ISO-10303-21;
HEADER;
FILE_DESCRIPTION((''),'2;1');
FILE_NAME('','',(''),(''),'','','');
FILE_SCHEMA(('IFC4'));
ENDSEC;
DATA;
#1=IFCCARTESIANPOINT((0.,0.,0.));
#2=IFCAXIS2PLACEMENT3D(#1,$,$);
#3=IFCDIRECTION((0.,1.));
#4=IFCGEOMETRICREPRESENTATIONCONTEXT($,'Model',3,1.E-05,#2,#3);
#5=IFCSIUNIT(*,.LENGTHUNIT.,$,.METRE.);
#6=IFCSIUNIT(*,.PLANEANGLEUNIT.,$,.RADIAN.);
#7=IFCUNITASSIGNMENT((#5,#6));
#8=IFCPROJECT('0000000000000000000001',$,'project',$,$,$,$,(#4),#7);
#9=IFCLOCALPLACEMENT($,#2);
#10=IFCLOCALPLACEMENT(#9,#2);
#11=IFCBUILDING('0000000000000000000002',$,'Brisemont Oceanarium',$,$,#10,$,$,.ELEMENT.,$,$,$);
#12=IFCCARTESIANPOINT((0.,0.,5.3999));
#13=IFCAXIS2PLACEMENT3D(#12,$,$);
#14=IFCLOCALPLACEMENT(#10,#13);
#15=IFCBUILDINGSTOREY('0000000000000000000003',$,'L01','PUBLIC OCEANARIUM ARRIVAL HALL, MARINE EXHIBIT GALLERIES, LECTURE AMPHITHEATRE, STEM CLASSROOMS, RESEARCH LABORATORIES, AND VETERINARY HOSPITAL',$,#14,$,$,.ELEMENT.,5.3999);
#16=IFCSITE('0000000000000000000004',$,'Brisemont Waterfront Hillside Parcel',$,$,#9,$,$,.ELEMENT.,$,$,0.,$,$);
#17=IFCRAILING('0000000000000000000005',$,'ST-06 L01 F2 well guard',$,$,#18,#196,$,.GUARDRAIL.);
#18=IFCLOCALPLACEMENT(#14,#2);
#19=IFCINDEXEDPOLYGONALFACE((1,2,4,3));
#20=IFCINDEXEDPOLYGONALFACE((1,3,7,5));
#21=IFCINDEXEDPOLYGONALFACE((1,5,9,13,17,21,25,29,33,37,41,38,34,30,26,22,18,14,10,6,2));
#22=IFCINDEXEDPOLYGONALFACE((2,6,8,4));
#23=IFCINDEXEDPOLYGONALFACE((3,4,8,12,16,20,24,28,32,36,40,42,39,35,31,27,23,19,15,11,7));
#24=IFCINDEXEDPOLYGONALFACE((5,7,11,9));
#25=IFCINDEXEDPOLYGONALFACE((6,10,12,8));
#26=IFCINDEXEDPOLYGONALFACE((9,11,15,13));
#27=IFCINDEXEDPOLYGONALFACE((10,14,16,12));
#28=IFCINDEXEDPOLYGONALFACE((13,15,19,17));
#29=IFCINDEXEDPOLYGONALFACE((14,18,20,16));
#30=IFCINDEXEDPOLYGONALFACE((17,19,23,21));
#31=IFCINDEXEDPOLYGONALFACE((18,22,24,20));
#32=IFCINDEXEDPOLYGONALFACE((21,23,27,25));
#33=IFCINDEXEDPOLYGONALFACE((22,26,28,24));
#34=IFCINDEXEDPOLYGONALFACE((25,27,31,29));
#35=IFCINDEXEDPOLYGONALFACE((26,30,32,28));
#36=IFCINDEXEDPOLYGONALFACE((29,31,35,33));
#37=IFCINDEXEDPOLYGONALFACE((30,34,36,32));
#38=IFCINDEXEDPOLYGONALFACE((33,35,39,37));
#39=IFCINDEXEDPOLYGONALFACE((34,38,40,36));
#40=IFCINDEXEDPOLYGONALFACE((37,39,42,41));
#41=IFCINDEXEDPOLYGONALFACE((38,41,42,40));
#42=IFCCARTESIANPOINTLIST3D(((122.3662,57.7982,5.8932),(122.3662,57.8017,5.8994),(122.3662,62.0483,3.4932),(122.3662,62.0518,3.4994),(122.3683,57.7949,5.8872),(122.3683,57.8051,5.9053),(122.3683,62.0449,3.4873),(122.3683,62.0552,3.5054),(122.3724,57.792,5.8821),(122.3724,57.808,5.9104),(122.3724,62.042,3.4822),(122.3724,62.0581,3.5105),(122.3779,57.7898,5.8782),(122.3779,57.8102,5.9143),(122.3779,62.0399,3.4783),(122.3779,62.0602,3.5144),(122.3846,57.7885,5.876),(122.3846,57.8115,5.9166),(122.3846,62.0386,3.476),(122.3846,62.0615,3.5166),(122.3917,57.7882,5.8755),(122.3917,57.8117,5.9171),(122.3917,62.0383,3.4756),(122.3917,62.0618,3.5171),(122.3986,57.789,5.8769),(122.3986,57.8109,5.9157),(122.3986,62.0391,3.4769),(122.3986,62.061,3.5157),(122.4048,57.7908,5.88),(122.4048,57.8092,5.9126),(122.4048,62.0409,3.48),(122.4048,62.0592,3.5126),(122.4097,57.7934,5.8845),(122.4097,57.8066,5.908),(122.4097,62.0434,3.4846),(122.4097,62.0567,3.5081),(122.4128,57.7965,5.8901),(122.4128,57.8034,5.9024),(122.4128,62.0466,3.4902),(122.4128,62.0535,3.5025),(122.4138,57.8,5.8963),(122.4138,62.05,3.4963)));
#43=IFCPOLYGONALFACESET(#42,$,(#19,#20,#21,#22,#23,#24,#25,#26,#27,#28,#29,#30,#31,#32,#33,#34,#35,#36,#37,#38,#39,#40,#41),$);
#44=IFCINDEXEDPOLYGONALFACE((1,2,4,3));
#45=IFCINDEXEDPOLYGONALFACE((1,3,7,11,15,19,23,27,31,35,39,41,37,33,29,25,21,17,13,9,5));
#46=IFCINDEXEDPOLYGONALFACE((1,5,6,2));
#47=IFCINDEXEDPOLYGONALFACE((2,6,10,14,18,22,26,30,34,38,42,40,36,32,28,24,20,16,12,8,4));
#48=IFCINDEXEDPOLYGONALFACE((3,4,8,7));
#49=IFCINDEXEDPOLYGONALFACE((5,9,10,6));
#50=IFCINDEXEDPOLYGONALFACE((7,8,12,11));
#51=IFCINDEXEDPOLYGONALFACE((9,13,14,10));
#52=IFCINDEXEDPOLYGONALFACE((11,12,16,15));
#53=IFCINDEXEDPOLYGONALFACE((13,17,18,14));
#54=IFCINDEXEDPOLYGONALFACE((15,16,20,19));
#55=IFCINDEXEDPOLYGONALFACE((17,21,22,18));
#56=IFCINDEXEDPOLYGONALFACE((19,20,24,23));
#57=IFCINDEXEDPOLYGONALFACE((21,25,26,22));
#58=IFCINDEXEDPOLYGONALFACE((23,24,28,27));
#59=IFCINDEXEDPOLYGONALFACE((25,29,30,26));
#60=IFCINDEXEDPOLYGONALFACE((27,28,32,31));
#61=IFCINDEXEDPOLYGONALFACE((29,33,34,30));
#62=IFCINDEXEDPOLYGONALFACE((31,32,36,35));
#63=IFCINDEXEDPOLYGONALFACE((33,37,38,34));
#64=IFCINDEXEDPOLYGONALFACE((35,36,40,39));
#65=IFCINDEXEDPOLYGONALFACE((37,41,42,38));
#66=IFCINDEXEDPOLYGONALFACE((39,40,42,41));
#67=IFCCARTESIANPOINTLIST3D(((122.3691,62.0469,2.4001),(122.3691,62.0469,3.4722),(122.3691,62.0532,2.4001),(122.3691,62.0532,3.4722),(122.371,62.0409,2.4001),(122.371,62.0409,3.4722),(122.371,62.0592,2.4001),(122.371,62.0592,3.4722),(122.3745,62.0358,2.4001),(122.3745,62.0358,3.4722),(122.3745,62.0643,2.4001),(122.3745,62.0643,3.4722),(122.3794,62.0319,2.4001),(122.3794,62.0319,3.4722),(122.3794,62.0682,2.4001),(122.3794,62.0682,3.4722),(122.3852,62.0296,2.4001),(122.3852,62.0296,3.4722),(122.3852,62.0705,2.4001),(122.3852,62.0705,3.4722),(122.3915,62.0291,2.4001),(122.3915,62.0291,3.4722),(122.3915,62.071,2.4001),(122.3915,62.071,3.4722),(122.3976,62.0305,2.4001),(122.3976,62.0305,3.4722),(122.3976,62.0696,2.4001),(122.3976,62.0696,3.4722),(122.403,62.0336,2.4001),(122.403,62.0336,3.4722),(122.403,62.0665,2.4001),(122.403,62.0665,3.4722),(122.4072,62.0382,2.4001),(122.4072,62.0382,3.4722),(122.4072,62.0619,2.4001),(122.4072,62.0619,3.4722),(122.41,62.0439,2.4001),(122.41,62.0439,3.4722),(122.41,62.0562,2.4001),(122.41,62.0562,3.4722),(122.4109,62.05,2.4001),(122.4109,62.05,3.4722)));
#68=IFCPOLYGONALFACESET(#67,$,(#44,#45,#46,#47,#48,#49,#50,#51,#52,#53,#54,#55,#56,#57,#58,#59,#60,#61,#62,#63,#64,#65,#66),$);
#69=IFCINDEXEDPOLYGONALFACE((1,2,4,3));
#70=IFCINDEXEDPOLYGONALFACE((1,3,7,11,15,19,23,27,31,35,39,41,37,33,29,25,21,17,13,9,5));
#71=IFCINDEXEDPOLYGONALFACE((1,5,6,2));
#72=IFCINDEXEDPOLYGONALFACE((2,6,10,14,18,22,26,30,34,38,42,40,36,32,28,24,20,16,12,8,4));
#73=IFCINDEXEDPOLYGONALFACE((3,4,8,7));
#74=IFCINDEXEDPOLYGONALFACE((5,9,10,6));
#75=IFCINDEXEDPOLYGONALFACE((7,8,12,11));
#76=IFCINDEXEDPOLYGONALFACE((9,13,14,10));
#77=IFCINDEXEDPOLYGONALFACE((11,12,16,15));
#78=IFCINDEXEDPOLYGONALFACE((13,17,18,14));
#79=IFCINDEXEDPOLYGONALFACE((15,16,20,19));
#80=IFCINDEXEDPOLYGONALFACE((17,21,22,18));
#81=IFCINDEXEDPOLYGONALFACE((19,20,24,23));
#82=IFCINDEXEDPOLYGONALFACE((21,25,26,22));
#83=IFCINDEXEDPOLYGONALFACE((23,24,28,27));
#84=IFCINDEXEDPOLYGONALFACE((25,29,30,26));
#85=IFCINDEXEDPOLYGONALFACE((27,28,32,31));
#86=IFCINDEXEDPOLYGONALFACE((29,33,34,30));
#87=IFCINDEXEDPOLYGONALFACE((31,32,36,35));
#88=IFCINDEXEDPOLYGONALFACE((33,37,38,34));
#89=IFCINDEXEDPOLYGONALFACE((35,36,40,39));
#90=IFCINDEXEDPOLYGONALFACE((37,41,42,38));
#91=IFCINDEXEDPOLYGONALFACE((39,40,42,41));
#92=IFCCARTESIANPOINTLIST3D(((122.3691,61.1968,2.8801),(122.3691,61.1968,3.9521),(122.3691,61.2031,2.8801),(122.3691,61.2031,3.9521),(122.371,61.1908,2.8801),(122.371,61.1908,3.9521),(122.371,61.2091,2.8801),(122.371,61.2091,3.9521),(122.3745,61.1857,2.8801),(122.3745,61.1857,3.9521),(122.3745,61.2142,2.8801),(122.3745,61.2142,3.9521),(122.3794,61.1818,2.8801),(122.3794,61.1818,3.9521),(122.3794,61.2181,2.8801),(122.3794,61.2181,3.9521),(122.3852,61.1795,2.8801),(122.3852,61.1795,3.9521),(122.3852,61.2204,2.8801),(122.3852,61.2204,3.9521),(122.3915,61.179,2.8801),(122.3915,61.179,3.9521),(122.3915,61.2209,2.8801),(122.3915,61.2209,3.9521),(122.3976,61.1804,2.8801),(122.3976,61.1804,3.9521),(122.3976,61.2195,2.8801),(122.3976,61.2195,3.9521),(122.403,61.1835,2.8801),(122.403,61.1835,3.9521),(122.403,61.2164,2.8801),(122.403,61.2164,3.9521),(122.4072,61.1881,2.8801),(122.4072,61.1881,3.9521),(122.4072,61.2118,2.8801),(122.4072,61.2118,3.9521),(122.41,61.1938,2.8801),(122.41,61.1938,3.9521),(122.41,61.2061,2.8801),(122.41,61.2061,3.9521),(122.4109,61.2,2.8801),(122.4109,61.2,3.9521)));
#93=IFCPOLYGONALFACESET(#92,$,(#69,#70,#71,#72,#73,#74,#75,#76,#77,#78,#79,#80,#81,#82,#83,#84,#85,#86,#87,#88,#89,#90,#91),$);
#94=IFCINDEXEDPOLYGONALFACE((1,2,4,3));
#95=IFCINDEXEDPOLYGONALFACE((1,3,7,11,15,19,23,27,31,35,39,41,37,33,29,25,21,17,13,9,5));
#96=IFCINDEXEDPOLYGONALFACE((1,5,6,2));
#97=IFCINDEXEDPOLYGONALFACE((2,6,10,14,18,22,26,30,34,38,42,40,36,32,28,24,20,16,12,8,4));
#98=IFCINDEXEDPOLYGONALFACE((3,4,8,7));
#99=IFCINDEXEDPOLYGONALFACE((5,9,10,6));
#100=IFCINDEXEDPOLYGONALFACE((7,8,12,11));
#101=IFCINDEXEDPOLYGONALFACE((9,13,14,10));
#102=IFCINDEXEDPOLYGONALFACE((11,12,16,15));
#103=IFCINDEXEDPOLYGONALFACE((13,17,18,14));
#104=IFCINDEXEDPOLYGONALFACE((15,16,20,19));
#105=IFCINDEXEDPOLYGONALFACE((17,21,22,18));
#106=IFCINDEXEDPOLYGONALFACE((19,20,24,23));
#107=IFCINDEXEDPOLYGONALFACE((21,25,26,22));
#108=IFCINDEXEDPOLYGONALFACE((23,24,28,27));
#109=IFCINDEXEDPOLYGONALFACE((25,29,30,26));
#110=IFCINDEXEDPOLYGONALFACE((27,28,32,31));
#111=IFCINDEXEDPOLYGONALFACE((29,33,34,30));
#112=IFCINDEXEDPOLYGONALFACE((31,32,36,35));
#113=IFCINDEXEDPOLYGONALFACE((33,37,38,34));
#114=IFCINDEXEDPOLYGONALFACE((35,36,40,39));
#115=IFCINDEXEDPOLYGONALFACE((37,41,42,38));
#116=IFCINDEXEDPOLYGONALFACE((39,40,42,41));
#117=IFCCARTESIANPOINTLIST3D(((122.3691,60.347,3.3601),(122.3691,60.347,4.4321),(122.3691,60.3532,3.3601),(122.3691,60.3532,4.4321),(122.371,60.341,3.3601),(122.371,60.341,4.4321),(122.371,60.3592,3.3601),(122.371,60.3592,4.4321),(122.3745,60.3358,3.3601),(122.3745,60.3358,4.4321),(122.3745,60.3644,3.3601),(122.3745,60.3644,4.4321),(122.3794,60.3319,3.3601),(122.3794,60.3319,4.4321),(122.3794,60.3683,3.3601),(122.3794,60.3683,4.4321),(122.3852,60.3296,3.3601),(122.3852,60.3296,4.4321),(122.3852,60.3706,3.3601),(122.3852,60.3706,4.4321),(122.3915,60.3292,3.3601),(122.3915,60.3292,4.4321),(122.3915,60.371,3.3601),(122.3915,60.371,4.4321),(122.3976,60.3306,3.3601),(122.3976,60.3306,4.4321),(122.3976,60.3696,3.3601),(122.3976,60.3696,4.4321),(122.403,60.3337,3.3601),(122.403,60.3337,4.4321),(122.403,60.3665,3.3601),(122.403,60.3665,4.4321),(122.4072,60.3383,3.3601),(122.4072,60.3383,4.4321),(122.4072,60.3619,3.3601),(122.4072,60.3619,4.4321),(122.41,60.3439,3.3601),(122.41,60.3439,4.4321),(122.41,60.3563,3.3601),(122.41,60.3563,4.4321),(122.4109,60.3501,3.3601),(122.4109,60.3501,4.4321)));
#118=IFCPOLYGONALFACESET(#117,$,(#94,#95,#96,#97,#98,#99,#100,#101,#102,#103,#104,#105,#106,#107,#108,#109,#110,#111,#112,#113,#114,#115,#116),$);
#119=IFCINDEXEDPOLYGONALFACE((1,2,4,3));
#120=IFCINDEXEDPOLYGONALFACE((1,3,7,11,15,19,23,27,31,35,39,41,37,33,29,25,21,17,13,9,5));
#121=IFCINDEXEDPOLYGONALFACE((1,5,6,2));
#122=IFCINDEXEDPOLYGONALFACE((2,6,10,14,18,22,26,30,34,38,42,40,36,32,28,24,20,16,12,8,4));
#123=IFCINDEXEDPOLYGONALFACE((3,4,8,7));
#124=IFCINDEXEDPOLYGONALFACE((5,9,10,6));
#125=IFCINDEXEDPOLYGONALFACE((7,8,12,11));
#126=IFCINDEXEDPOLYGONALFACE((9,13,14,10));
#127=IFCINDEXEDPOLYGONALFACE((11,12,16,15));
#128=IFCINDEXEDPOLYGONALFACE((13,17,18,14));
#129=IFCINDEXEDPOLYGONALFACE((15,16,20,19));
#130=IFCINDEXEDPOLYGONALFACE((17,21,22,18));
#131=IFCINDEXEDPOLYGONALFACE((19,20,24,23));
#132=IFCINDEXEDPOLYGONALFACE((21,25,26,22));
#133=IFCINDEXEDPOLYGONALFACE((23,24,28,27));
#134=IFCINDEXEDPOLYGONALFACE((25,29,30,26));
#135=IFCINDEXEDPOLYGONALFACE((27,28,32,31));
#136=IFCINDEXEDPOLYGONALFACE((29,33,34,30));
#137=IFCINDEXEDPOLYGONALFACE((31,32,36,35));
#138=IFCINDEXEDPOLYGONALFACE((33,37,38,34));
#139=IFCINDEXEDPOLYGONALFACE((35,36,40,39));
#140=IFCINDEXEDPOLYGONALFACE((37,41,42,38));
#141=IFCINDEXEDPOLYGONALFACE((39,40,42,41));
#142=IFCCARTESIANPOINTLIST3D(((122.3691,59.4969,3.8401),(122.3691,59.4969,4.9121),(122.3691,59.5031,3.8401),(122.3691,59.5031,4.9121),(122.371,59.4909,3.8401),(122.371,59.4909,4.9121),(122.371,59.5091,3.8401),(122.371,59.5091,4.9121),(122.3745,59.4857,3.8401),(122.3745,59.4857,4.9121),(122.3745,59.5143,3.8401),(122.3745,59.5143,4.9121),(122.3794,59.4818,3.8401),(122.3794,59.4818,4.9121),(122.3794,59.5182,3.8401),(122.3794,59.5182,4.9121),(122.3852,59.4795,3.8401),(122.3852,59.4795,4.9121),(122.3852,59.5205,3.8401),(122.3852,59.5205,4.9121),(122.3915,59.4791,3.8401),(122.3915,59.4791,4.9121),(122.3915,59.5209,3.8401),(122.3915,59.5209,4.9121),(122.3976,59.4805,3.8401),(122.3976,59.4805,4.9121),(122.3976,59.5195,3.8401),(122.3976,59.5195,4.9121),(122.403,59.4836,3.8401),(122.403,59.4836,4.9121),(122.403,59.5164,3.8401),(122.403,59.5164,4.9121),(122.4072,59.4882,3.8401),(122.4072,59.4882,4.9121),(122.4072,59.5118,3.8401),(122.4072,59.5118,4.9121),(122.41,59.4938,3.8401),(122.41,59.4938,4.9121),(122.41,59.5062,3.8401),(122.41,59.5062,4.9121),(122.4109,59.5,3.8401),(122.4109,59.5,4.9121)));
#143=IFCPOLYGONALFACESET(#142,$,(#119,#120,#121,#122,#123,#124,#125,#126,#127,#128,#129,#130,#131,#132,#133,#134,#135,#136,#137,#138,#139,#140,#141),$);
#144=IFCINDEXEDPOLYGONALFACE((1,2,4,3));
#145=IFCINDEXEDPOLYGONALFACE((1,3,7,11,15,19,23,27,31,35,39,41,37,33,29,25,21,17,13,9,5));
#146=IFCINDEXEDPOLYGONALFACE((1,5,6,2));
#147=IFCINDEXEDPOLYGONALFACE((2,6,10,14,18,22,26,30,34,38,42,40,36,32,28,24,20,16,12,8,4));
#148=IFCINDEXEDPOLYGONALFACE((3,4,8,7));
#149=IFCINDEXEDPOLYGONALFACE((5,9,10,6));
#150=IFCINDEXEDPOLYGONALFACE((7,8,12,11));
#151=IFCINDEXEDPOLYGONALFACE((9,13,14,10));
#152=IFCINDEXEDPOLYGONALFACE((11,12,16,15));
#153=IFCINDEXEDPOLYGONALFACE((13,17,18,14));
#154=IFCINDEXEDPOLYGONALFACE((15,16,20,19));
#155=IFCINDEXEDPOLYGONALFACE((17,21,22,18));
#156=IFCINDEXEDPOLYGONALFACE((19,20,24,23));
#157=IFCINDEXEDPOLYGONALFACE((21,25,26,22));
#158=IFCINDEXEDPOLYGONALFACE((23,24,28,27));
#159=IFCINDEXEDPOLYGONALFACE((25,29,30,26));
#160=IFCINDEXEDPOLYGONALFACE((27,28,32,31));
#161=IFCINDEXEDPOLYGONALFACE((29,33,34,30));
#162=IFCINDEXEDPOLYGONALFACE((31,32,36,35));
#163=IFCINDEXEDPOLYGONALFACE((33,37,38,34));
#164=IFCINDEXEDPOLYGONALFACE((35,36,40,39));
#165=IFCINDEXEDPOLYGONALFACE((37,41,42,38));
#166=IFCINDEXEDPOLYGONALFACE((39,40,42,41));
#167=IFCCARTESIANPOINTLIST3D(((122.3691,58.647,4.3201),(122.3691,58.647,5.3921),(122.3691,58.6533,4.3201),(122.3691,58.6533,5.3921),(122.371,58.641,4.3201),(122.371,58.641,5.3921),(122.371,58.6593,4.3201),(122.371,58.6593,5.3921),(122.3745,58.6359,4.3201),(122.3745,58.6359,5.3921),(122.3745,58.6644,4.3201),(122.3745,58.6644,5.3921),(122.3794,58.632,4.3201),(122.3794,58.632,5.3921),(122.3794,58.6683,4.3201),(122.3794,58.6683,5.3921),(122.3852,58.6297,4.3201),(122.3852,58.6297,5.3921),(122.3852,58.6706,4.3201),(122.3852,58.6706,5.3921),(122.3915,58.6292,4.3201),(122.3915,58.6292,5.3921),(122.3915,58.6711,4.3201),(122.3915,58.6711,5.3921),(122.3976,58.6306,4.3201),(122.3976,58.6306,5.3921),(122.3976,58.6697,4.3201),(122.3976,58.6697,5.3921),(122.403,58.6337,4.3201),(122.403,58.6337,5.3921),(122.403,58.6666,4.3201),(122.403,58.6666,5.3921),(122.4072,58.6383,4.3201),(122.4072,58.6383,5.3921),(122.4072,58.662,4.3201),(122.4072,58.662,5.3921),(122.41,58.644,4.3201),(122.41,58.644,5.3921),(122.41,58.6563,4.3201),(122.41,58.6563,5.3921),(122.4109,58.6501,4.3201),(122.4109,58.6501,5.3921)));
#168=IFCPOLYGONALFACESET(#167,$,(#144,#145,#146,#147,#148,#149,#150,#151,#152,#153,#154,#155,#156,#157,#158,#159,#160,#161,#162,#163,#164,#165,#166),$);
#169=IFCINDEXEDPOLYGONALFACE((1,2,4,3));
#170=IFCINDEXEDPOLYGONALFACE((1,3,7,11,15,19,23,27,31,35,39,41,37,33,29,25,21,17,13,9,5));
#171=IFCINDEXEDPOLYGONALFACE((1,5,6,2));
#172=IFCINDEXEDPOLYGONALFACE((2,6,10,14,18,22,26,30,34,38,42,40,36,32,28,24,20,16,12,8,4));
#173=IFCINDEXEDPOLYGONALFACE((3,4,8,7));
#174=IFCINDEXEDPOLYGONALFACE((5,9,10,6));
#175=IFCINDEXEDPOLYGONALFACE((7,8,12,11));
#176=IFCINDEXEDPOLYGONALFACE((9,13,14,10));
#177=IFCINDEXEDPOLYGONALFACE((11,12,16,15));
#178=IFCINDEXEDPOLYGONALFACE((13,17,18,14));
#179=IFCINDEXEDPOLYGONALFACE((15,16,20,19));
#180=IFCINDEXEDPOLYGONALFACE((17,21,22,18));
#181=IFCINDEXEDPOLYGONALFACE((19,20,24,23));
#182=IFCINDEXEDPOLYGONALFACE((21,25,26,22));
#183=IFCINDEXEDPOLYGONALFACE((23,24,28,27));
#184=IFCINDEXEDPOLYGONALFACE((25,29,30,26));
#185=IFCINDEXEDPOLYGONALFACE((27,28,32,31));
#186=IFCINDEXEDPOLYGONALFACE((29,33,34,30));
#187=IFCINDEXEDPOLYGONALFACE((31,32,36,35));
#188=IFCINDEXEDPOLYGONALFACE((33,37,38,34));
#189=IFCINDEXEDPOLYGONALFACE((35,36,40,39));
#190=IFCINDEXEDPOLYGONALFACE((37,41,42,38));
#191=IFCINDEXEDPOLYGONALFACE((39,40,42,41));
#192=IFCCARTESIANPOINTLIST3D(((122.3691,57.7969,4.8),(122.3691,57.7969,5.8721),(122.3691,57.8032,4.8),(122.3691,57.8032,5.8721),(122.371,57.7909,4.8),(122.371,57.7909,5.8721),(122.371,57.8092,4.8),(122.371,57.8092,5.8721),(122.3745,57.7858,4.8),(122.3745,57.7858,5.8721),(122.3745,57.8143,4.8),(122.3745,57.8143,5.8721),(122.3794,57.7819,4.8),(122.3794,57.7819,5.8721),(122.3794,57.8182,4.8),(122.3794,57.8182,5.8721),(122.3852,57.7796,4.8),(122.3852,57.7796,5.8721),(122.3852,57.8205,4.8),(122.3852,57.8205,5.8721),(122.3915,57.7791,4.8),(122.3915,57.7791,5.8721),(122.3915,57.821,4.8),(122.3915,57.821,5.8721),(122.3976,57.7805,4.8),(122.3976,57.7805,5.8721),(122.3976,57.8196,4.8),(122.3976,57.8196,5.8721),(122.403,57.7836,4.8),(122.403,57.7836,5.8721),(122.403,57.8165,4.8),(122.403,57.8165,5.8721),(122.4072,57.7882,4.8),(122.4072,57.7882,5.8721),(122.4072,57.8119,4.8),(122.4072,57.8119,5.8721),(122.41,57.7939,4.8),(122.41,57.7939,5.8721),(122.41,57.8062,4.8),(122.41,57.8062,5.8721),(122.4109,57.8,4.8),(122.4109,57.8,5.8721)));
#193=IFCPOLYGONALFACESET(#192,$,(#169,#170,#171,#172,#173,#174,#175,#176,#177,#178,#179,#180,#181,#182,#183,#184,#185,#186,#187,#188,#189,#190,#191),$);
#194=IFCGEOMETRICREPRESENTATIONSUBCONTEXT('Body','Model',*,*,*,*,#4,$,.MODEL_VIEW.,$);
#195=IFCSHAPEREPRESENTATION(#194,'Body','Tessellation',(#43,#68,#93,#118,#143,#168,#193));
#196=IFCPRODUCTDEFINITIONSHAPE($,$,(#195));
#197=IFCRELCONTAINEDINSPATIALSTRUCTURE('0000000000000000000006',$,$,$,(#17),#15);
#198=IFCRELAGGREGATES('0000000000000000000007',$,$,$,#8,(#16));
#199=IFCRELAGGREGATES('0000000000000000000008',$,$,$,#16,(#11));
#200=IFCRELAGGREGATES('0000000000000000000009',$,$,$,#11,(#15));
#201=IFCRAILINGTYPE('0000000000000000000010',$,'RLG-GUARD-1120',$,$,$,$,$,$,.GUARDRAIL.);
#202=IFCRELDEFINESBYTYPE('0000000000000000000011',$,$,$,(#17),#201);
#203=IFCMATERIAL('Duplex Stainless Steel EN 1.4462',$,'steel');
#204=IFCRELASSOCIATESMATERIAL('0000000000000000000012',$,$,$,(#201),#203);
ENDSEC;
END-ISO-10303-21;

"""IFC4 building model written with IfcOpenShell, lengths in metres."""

from ifc_helpers import new_model, si_unit, direction, frame, origin, origin_2d, place, context, subcontext, project, spatial, circle, extrude, material, type_object, element, save


model = new_model("IFC4")

# Units and contexts
model_context = context("Model", 3, precision=1e-05, world=origin(), true_north=direction((0.0, 1.0)))
body_context = subcontext(model_context, "Body", "Model", "MODEL_VIEW")
ifc_project = project(units=[si_unit("LENGTHUNIT", "METRE"), si_unit("PLANEANGLEUNIT", "RADIAN")], contexts=[model_context])

# Site, building, storey
site_placement = place(None, origin())
site = spatial("IfcSite", under=ifc_project, at=site_placement, Name="Brisemont Waterfront Hillside Parcel", CompositionType="ELEMENT", RefElevation=0.0)
building_placement = place(site_placement, origin())
building = spatial("IfcBuilding", under=site, at=building_placement, Name="Brisemont Oceanarium", CompositionType="ELEMENT")
storey_placement = place(building_placement, frame((0.0, 0.0, 5.3999)))
storey = spatial("IfcBuildingStorey", under=building, at=storey_placement, Name="L01", Description="PUBLIC OCEANARIUM ARRIVAL HALL, MARINE EXHIBIT GALLERIES, LECTURE AMPHITHEATRE, STEM CLASSROOMS, RESEARCH LABORATORIES, AND VETERINARY HOSPITAL", CompositionType="ELEMENT", Elevation=5.3999)

# Railing
ifc_material_1 = material(Name="Duplex Stainless Steel EN 1.4462", Category="steel")
railing_type_1 = type_object("IfcRailingType", Name="RLG-GUARD-1120", PredefinedType="GUARDRAIL", material=ifc_material_1)
railing_1_placement = place(storey_placement, frame((122.3899, 62.05, 2.4001)))
element("IfcRailing", 1, at=railing_1_placement, inside=storey, type_object=railing_type_1, Name="ST-06 L01 F2 well guard", PredefinedType="GUARDRAIL", context=body_context, shape_type="SweptSolid", body=[
    extrude(circle(Radius=0.0239, at=origin_2d()), frame((0.0, 0.0, 1.0962), z_axis=(0.0, -0.870762, 0.491704), x_axis=(1.0, 0.0, 0.0)), (0.0, 0.0, 1.0), 4.8809),
    extrude(circle(Radius=0.021, at=origin_2d()), origin(), (0.0, 0.0, 1.0), 1.072),
    extrude(circle(Radius=0.021, at=origin_2d()), frame((0.0, -0.8501, 0.48)), (0.0, 0.0, 1.0), 1.072),
    extrude(circle(Radius=0.021, at=origin_2d()), frame((0.0, -1.7, 0.96)), (0.0, 0.0, 1.0), 1.072),
    extrude(circle(Radius=0.021, at=origin_2d()), frame((0.0, -2.55, 1.4399)), (0.0, 0.0, 1.0), 1.072),
    extrude(circle(Radius=0.021, at=origin_2d()), frame((0.0, -3.3999, 1.9199)), (0.0, 0.0, 1.0), 1.072),
    extrude(circle(Radius=0.021, at=origin_2d()), frame((0.0, -4.25, 2.3999)), (0.0, 0.0, 1.0), 1.072),
])

save(model, "model.ifc")
